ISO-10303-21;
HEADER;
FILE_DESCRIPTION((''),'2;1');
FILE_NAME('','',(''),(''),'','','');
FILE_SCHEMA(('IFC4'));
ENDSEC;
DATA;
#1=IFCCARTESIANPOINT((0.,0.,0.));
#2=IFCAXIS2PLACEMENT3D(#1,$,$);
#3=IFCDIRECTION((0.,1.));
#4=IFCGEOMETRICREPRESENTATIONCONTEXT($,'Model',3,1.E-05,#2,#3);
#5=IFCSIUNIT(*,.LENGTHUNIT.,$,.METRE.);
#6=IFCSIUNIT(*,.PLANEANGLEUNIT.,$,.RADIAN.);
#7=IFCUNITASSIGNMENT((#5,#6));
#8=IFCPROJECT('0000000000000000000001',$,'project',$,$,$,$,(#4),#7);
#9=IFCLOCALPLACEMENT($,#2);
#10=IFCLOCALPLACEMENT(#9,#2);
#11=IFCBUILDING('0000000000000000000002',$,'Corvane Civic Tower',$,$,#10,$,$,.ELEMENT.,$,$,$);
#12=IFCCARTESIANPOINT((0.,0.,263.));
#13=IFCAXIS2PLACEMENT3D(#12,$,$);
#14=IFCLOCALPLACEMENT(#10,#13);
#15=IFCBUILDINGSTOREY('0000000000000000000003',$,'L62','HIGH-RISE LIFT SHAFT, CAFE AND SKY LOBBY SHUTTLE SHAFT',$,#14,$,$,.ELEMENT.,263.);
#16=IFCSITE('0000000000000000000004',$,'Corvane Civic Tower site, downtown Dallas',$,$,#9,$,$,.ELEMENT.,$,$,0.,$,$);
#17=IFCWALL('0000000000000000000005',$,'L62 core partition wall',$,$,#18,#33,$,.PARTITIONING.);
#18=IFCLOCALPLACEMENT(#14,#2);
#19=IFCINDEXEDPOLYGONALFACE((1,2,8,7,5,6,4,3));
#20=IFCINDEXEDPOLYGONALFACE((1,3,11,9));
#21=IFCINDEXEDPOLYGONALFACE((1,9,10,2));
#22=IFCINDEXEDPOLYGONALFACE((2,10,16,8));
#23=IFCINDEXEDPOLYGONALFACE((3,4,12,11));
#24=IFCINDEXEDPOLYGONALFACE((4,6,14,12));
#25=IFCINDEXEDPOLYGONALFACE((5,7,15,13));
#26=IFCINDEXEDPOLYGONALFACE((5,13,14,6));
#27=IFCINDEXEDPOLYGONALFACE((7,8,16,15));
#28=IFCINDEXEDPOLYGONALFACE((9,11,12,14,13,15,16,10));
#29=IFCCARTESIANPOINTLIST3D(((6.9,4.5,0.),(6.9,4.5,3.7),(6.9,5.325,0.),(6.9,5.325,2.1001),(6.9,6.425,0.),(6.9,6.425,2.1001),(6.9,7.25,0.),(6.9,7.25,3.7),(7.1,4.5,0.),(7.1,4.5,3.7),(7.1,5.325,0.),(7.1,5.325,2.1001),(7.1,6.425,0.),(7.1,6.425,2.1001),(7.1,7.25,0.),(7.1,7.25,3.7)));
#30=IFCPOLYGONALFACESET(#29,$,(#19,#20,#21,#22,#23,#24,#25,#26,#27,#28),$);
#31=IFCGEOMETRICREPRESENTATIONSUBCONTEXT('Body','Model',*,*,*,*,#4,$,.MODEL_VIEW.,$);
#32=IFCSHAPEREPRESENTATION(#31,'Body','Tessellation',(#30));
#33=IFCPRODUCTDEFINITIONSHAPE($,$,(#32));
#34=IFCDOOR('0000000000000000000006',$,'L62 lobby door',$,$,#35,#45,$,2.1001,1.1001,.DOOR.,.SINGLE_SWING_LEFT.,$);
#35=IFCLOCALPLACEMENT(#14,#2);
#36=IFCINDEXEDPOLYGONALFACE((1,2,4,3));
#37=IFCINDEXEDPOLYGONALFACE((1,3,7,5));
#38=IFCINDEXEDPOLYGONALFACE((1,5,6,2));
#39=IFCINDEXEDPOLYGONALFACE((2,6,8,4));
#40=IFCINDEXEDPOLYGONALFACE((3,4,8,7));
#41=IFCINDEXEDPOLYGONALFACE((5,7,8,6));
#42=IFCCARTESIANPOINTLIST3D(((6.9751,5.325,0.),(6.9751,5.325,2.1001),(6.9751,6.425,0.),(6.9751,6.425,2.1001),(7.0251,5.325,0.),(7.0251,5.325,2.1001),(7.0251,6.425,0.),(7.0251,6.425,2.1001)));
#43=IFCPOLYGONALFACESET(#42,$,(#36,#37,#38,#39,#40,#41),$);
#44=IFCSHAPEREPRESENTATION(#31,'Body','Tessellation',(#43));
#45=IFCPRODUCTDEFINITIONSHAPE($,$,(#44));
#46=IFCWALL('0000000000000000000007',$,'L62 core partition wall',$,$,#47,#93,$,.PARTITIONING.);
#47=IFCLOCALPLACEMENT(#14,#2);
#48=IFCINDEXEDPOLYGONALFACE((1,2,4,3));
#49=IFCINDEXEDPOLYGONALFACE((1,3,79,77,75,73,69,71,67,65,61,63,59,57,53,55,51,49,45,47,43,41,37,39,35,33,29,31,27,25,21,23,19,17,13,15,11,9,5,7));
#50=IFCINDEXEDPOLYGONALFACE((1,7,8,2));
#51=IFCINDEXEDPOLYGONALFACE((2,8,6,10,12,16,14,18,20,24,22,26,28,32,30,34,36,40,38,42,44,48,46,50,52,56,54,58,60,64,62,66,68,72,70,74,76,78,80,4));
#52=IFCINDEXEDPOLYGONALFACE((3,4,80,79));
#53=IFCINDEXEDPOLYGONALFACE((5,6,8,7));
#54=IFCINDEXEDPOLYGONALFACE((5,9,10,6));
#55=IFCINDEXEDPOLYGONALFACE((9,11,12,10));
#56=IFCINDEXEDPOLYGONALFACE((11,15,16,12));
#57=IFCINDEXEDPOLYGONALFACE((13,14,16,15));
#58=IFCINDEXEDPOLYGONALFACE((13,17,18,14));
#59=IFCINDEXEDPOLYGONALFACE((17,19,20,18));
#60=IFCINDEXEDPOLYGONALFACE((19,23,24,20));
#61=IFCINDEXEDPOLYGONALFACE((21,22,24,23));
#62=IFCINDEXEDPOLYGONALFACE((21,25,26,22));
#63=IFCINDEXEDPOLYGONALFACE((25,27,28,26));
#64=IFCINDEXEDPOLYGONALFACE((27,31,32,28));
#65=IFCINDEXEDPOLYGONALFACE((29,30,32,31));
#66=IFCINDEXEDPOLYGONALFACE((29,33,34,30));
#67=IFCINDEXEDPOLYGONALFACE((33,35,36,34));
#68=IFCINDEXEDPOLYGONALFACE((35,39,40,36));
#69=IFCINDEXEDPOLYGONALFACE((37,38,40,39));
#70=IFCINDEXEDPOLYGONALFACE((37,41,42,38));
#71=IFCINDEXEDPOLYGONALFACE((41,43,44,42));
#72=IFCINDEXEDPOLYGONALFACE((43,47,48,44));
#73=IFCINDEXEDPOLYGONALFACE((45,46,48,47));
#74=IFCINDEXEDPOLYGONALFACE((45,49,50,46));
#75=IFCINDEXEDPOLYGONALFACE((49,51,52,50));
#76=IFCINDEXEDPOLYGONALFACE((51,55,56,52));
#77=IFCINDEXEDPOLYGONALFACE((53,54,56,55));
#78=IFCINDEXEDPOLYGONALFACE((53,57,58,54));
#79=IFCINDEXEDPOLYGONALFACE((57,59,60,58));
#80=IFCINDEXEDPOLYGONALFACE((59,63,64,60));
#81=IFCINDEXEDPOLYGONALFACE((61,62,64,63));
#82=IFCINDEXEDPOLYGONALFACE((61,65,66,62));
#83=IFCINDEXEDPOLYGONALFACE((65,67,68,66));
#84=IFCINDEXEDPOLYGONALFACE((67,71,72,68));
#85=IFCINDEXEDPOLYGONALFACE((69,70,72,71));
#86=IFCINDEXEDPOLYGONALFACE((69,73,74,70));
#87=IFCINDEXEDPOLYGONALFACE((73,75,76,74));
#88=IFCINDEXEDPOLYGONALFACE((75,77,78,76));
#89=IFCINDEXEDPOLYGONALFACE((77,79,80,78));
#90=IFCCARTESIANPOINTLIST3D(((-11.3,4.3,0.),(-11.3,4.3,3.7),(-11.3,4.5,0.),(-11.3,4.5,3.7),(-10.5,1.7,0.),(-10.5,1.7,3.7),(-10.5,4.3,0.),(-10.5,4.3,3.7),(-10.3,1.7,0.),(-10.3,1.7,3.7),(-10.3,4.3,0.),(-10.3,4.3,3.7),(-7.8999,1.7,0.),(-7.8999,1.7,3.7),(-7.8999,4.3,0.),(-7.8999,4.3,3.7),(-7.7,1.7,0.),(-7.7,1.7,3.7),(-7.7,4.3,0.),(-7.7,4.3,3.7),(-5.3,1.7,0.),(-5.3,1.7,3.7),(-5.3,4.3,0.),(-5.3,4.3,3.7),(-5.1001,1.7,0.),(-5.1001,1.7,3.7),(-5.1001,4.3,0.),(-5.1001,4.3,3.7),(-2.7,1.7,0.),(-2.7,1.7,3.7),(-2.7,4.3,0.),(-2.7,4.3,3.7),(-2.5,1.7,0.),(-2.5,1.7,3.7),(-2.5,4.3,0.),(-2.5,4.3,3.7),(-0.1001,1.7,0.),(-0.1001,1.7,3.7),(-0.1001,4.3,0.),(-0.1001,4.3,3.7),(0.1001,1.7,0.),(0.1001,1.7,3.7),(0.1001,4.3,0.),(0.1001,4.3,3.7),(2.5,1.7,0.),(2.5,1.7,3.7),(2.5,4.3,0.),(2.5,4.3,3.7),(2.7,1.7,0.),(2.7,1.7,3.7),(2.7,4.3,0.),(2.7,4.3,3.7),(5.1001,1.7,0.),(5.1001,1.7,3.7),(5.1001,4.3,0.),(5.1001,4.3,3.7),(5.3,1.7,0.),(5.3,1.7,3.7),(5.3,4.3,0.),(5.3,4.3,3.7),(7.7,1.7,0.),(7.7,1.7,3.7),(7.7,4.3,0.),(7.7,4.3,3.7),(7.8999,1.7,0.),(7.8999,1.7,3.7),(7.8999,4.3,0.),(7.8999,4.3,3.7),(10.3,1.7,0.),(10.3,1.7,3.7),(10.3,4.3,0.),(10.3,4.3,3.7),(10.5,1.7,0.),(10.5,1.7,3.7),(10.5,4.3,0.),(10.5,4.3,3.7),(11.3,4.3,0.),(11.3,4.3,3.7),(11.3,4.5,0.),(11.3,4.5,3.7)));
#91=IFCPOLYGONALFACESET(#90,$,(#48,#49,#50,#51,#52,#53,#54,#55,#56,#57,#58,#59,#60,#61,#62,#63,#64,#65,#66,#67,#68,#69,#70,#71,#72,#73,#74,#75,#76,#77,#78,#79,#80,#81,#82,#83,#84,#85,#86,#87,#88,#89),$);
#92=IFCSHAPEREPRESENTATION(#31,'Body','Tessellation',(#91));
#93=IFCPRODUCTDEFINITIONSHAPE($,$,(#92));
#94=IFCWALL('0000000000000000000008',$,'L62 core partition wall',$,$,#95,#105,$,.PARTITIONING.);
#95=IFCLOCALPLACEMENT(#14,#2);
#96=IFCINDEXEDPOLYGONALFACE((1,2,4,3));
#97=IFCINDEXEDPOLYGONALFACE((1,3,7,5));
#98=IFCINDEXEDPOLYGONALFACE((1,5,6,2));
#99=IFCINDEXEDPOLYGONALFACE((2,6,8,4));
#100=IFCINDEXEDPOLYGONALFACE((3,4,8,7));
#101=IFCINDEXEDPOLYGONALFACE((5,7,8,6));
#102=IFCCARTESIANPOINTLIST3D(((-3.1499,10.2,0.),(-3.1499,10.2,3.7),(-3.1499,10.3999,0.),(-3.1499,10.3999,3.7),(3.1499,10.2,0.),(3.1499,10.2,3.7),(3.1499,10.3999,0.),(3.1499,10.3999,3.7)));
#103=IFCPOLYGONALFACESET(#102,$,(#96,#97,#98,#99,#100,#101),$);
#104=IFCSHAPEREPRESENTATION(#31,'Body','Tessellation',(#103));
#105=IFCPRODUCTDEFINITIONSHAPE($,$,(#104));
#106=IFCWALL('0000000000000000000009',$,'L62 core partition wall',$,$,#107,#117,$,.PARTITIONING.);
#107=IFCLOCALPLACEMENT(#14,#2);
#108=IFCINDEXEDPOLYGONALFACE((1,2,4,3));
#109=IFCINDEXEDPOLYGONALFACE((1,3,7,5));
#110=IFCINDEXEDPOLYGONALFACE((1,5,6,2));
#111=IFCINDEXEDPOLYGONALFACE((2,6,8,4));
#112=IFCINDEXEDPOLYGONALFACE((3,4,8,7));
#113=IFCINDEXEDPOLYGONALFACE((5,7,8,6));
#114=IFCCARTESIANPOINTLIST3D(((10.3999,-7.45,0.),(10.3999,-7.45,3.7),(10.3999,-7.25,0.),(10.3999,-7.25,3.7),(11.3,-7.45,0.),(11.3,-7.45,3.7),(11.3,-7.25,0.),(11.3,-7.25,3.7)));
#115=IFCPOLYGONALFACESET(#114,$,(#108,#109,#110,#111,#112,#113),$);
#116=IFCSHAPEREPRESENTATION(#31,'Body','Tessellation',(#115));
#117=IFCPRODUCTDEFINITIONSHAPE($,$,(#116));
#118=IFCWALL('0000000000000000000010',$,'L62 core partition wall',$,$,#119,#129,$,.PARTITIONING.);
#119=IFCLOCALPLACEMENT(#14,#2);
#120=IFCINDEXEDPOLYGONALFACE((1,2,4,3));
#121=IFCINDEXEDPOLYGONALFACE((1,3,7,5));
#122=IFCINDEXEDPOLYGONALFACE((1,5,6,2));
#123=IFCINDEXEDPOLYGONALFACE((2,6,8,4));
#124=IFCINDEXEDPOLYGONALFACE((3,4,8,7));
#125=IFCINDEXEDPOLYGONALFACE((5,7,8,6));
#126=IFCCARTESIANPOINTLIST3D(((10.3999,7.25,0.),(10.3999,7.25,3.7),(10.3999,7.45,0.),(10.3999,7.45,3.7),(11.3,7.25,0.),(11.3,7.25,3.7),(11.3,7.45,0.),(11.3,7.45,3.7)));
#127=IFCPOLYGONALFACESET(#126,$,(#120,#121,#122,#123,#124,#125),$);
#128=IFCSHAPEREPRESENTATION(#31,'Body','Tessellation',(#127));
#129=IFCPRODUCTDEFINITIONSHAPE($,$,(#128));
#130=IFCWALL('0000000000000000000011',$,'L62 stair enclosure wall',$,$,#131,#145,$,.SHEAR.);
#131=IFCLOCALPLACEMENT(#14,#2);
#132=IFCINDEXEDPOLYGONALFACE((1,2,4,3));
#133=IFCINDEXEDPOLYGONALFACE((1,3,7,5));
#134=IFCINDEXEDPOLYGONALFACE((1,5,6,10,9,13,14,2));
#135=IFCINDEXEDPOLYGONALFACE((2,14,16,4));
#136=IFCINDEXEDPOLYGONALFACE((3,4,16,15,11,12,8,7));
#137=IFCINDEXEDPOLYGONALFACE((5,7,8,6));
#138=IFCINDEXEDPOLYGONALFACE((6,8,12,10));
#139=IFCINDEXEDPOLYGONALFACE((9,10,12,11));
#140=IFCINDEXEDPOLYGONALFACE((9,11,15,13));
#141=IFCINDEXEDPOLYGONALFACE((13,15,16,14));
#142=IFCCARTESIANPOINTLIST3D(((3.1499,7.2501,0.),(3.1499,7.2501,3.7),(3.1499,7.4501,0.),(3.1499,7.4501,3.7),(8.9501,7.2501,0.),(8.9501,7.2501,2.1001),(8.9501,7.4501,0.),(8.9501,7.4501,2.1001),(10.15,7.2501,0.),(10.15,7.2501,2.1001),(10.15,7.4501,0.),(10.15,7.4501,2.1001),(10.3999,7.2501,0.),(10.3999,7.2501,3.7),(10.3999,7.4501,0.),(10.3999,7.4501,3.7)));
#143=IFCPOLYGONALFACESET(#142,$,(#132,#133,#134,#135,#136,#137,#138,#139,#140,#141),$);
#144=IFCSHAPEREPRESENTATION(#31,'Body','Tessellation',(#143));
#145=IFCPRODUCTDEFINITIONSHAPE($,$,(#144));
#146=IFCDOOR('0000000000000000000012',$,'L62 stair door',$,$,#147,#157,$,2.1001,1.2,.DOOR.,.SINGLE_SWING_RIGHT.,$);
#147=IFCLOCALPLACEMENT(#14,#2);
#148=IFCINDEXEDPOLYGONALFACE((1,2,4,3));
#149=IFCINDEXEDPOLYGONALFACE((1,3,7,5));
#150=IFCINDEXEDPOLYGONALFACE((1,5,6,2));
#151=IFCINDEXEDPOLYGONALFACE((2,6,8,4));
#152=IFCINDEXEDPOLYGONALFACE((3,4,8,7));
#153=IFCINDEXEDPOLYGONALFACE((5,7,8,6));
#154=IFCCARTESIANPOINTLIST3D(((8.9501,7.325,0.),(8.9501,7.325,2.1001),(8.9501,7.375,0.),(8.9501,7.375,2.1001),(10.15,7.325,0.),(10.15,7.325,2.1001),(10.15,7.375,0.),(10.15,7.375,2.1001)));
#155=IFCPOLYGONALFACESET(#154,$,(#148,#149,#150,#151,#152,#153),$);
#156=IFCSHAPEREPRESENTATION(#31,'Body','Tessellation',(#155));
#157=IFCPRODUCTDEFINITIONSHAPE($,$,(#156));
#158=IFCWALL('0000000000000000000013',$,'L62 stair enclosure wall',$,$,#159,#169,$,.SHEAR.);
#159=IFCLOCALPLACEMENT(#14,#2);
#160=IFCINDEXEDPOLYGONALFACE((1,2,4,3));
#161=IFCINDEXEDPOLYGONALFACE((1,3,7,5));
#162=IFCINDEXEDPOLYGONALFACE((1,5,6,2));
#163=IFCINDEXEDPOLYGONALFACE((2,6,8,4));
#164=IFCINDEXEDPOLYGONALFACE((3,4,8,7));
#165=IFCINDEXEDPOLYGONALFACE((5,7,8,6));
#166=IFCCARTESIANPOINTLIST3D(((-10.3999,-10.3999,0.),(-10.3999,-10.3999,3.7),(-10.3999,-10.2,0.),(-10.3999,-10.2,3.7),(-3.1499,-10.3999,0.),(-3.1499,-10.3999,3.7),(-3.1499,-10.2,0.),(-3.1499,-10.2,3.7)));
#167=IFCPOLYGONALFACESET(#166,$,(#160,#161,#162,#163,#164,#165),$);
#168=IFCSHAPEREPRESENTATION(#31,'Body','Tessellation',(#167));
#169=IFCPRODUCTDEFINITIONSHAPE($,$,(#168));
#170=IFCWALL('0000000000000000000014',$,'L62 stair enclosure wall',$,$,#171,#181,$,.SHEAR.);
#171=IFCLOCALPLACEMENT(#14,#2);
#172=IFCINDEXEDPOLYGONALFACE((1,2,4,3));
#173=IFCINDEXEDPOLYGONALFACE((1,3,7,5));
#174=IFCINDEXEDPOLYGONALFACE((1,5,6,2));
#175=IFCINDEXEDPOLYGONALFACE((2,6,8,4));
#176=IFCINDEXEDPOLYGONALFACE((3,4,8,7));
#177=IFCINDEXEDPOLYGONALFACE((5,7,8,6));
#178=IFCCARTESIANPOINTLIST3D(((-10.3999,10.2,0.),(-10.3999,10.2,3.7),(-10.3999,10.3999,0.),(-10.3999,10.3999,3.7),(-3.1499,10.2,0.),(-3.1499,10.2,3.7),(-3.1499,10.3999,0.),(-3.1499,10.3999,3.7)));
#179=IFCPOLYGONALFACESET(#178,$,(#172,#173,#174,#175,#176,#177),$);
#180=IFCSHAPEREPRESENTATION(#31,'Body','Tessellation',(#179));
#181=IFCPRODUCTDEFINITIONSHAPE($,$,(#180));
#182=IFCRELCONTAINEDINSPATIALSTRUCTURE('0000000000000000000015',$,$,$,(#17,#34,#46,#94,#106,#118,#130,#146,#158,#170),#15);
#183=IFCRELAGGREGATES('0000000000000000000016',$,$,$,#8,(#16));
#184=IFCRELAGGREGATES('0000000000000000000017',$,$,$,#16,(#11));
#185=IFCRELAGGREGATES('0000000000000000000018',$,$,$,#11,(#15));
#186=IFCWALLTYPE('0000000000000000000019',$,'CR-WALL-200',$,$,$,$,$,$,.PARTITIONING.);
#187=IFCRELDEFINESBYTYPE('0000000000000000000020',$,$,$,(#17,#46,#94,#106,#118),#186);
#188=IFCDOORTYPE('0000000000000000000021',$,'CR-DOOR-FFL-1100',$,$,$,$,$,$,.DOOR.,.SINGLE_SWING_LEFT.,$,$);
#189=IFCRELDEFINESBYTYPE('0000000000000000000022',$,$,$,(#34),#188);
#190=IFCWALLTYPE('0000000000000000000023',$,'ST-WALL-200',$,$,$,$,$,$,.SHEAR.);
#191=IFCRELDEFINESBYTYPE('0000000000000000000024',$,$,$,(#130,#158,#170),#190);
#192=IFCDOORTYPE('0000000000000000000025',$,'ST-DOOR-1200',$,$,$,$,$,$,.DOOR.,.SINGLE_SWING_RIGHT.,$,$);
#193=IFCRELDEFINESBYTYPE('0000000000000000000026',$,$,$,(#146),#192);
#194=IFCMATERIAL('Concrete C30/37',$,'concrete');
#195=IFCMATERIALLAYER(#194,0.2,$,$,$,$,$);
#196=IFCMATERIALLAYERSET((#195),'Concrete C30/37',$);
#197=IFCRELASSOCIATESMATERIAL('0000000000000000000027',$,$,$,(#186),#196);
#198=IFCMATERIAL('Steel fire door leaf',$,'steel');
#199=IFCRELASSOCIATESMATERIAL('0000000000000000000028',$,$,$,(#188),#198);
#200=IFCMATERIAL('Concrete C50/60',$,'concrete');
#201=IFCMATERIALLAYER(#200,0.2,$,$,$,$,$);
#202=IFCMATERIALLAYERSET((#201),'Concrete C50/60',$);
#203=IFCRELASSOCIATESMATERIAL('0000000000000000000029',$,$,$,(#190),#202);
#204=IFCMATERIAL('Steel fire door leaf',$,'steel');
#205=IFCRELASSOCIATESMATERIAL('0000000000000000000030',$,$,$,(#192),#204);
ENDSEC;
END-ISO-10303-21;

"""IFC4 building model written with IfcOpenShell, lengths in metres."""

from ifc_helpers import new_model, si_unit, direction, frame, frame_2d, origin, place, context, subcontext, project, spatial, polyline, rectangle, outline, extrude, material, layer, layer_set, type_object, element, fill, save


model = new_model("IFC4")

# Units and contexts
model_context = context("Model", 3, precision=1e-05, world=origin(), true_north=direction((0.0, 1.0)))
body_context = subcontext(model_context, "Body", "Model", "MODEL_VIEW")
ifc_project = project(units=[si_unit("LENGTHUNIT", "METRE"), si_unit("PLANEANGLEUNIT", "RADIAN")], contexts=[model_context])

# Site, building, storey
site_placement = place(None, origin())
site = spatial("IfcSite", under=ifc_project, at=site_placement, Name="Corvane Civic Tower site, downtown Dallas", CompositionType="ELEMENT", RefElevation=0.0)
building_placement = place(site_placement, origin())
building = spatial("IfcBuilding", under=site, at=building_placement, Name="Corvane Civic Tower", CompositionType="ELEMENT")
storey_placement = place(building_placement, frame((0.0, 0.0, 263.0)))
storey = spatial("IfcBuildingStorey", under=building, at=storey_placement, Name="L62", Description="HIGH-RISE LIFT SHAFT, CAFE AND SKY LOBBY SHUTTLE SHAFT", CompositionType="ELEMENT", Elevation=263.0)

# Wall, opening, door
ifc_material_1 = material(Name="Concrete C30/37", Category="concrete")
ifc_layer_1 = layer(ifc_material_1, 0.2)
ifc_layer_set_1 = layer_set([ifc_layer_1], Name="Concrete C30/37")
wall_type_1 = type_object("IfcWallType", Name="CR-WALL-200", PredefinedType="PARTITIONING", material=ifc_layer_set_1)
wall_1_placement = place(storey_placement, frame((7.0, 4.5, 0.0), z_axis=(0.0, 0.0, 1.0), x_axis=(0.0, 1.0, 0.0)))
wall_1 = element("IfcWall", 1, at=wall_1_placement, inside=storey, type_object=wall_type_1, Name="L62 core partition wall", PredefinedType="PARTITIONING", context=body_context, shape_type="SweptSolid", body=[
    extrude(rectangle(XDim=2.75, YDim=0.2, at=frame_2d((1.375, 0.0))), origin(), (0.0, 0.0, 1.0), 3.7),
])
opening_1_placement = place(wall_1_placement, frame((0.825, 0.0, 0.0)))
opening_1 = element("IfcOpeningElement", 2, at=opening_1_placement, cuts=wall_1, PredefinedType="OPENING", context=body_context, shape_type="SweptSolid", body=[
    extrude(rectangle(XDim=1.1001, YDim=2.1001, at=frame_2d((0.55, 1.05))), frame((0.0, 0.1099, 0.0), z_axis=(0.0, -1.0, 0.0), x_axis=(1.0, 0.0, 0.0)), (0.0, 0.0, 1.0), 0.22),
])
ifc_material_2 = material(Name="Steel fire door leaf", Category="steel")
door_type_1 = type_object("IfcDoorType", Name="CR-DOOR-FFL-1100", OperationType="SINGLE_SWING_LEFT", PredefinedType="DOOR", material=ifc_material_2)
door_1_placement = place(opening_1_placement, origin())
door_1 = element("IfcDoor", 3, at=door_1_placement, inside=storey, type_object=door_type_1, Name="L62 lobby door", OperationType="SINGLE_SWING_LEFT", OverallHeight=2.1001, OverallWidth=1.1001, PredefinedType="DOOR", context=body_context, shape_type="SweptSolid", body=[
    extrude(rectangle(XDim=1.1001, YDim=2.1001, at=frame_2d((0.55, 1.05))), frame((0.0, 0.0249, 0.0), z_axis=(0.0, -1.0, 0.0), x_axis=(1.0, 0.0, 0.0)), (0.0, 0.0, 1.0), 0.05),
])
fill(opening_1, door_1)

# Walls
wall_2_placement = place(storey_placement, origin())
element("IfcWall", 4, at=wall_2_placement, inside=storey, type_object=wall_type_1, Name="L62 core partition wall", PredefinedType="PARTITIONING", context=body_context, shape_type="SweptSolid", body=[
    extrude(outline(polyline([(-10.3, 1.7), (-10.5, 1.7), (-10.5, 4.3), (-11.3, 4.3), (-11.3, 4.5), (11.3, 4.5), (11.3, 4.3), (10.5, 4.3), (10.5, 1.7), (10.3, 1.7), (10.3, 4.3), (7.8999, 4.3), (7.8999, 1.7), (7.7, 1.7), (7.7, 4.3), (5.3, 4.3), (5.3, 1.7), (5.1001, 1.7), (5.1001, 4.3), (2.7, 4.3), (2.7, 1.7), (2.5, 1.7), (2.5, 4.3), (0.1001, 4.3), (0.1001, 1.7), (-0.1001, 1.7), (-0.1001, 4.3), (-2.5, 4.3), (-2.5, 1.7), (-2.7, 1.7), (-2.7, 4.3), (-5.1001, 4.3), (-5.1001, 1.7), (-5.3, 1.7), (-5.3, 4.3), (-7.7, 4.3), (-7.7, 1.7), (-7.8999, 1.7), (-7.8999, 4.3), (-10.3, 4.3), (-10.3, 1.7)])), origin(), (0.0, 0.0, 1.0), 3.7),
])
wall_3_placement = place(storey_placement, origin())
element("IfcWall", 5, at=wall_3_placement, inside=storey, type_object=wall_type_1, Name="L62 core partition wall", PredefinedType="PARTITIONING", context=body_context, shape_type="SweptSolid", body=[
    extrude(outline(polyline([(3.1499, 10.2), (-3.1499, 10.2), (-3.1499, 10.3999), (3.1499, 10.3999), (3.1499, 10.2)])), origin(), (0.0, 0.0, 1.0), 3.7),
])
wall_4_placement = place(storey_placement, origin())
element("IfcWall", 6, at=wall_4_placement, inside=storey, type_object=wall_type_1, Name="L62 core partition wall", PredefinedType="PARTITIONING", context=body_context, shape_type="SweptSolid", body=[
    extrude(outline(polyline([(10.3999, -7.45), (10.3999, -7.25), (11.3, -7.25), (11.3, -7.45), (10.3999, -7.45)])), origin(), (0.0, 0.0, 1.0), 3.7),
])
wall_5_placement = place(storey_placement, origin())
element("IfcWall", 7, at=wall_5_placement, inside=storey, type_object=wall_type_1, Name="L62 core partition wall", PredefinedType="PARTITIONING", context=body_context, shape_type="SweptSolid", body=[
    extrude(outline(polyline([(10.3999, 7.25), (10.3999, 7.45), (11.3, 7.45), (11.3, 7.25), (10.3999, 7.25)])), origin(), (0.0, 0.0, 1.0), 3.7),
])

# Wall, opening, door
ifc_material_3 = material(Name="Concrete C50/60", Category="concrete")
ifc_layer_2 = layer(ifc_material_3, 0.2)
ifc_layer_set_2 = layer_set([ifc_layer_2], Name="Concrete C50/60")
wall_type_2 = type_object("IfcWallType", Name="ST-WALL-200", PredefinedType="SHEAR", material=ifc_layer_set_2)
wall_6_placement = place(storey_placement, frame((3.1499, 7.3501, 0.0), z_axis=(0.0, 0.0, 1.0), x_axis=(1.0, 0.0, 0.0)))
wall_6 = element("IfcWall", 8, at=wall_6_placement, inside=storey, type_object=wall_type_2, Name="L62 stair enclosure wall", PredefinedType="SHEAR", context=body_context, shape_type="SweptSolid", body=[
    extrude(rectangle(XDim=7.25, YDim=0.2, at=frame_2d((3.625, 0.0))), origin(), (0.0, 0.0, 1.0), 3.7),
])
opening_2_placement = place(wall_6_placement, frame((5.8, 0.0, 0.0)))
opening_2 = element("IfcOpeningElement", 9, at=opening_2_placement, cuts=wall_6, PredefinedType="OPENING", context=body_context, shape_type="SweptSolid", body=[
    extrude(rectangle(XDim=1.2, YDim=2.1001, at=frame_2d((0.6001, 1.05))), frame((0.0, 0.1099, 0.0), z_axis=(0.0, -1.0, 0.0), x_axis=(1.0, 0.0, 0.0)), (0.0, 0.0, 1.0), 0.22),
])
ifc_material_4 = material(Name="Steel fire door leaf", Category="steel")
door_type_2 = type_object("IfcDoorType", Name="ST-DOOR-1200", OperationType="SINGLE_SWING_RIGHT", PredefinedType="DOOR", material=ifc_material_4)
door_2_placement = place(opening_2_placement, origin())
door_2 = element("IfcDoor", 10, at=door_2_placement, inside=storey, type_object=door_type_2, Name="L62 stair door", OperationType="SINGLE_SWING_RIGHT", OverallHeight=2.1001, OverallWidth=1.2, PredefinedType="DOOR", context=body_context, shape_type="SweptSolid", body=[
    extrude(rectangle(XDim=1.2, YDim=2.1001, at=frame_2d((0.6001, 1.05))), frame((0.0, 0.0249, 0.0), z_axis=(0.0, -1.0, 0.0), x_axis=(1.0, 0.0, 0.0)), (0.0, 0.0, 1.0), 0.05),
])
fill(opening_2, door_2)

# Walls
wall_7_placement = place(storey_placement, origin())
element("IfcWall", 11, at=wall_7_placement, inside=storey, type_object=wall_type_2, Name="L62 stair enclosure wall", PredefinedType="SHEAR", context=body_context, shape_type="SweptSolid", body=[
    extrude(outline(polyline([(-3.1499, -10.2), (-3.1499, -10.3999), (-10.3999, -10.3999), (-10.3999, -10.2), (-3.1499, -10.2)])), origin(), (0.0, 0.0, 1.0), 3.7),
])
wall_8_placement = place(storey_placement, origin())
element("IfcWall", 12, at=wall_8_placement, inside=storey, type_object=wall_type_2, Name="L62 stair enclosure wall", PredefinedType="SHEAR", context=body_context, shape_type="SweptSolid", body=[
    extrude(outline(polyline([(-3.1499, 10.2), (-10.3999, 10.2), (-10.3999, 10.3999), (-3.1499, 10.3999), (-3.1499, 10.2)])), origin(), (0.0, 0.0, 1.0), 3.7),
])

save(model, "model.ifc")
